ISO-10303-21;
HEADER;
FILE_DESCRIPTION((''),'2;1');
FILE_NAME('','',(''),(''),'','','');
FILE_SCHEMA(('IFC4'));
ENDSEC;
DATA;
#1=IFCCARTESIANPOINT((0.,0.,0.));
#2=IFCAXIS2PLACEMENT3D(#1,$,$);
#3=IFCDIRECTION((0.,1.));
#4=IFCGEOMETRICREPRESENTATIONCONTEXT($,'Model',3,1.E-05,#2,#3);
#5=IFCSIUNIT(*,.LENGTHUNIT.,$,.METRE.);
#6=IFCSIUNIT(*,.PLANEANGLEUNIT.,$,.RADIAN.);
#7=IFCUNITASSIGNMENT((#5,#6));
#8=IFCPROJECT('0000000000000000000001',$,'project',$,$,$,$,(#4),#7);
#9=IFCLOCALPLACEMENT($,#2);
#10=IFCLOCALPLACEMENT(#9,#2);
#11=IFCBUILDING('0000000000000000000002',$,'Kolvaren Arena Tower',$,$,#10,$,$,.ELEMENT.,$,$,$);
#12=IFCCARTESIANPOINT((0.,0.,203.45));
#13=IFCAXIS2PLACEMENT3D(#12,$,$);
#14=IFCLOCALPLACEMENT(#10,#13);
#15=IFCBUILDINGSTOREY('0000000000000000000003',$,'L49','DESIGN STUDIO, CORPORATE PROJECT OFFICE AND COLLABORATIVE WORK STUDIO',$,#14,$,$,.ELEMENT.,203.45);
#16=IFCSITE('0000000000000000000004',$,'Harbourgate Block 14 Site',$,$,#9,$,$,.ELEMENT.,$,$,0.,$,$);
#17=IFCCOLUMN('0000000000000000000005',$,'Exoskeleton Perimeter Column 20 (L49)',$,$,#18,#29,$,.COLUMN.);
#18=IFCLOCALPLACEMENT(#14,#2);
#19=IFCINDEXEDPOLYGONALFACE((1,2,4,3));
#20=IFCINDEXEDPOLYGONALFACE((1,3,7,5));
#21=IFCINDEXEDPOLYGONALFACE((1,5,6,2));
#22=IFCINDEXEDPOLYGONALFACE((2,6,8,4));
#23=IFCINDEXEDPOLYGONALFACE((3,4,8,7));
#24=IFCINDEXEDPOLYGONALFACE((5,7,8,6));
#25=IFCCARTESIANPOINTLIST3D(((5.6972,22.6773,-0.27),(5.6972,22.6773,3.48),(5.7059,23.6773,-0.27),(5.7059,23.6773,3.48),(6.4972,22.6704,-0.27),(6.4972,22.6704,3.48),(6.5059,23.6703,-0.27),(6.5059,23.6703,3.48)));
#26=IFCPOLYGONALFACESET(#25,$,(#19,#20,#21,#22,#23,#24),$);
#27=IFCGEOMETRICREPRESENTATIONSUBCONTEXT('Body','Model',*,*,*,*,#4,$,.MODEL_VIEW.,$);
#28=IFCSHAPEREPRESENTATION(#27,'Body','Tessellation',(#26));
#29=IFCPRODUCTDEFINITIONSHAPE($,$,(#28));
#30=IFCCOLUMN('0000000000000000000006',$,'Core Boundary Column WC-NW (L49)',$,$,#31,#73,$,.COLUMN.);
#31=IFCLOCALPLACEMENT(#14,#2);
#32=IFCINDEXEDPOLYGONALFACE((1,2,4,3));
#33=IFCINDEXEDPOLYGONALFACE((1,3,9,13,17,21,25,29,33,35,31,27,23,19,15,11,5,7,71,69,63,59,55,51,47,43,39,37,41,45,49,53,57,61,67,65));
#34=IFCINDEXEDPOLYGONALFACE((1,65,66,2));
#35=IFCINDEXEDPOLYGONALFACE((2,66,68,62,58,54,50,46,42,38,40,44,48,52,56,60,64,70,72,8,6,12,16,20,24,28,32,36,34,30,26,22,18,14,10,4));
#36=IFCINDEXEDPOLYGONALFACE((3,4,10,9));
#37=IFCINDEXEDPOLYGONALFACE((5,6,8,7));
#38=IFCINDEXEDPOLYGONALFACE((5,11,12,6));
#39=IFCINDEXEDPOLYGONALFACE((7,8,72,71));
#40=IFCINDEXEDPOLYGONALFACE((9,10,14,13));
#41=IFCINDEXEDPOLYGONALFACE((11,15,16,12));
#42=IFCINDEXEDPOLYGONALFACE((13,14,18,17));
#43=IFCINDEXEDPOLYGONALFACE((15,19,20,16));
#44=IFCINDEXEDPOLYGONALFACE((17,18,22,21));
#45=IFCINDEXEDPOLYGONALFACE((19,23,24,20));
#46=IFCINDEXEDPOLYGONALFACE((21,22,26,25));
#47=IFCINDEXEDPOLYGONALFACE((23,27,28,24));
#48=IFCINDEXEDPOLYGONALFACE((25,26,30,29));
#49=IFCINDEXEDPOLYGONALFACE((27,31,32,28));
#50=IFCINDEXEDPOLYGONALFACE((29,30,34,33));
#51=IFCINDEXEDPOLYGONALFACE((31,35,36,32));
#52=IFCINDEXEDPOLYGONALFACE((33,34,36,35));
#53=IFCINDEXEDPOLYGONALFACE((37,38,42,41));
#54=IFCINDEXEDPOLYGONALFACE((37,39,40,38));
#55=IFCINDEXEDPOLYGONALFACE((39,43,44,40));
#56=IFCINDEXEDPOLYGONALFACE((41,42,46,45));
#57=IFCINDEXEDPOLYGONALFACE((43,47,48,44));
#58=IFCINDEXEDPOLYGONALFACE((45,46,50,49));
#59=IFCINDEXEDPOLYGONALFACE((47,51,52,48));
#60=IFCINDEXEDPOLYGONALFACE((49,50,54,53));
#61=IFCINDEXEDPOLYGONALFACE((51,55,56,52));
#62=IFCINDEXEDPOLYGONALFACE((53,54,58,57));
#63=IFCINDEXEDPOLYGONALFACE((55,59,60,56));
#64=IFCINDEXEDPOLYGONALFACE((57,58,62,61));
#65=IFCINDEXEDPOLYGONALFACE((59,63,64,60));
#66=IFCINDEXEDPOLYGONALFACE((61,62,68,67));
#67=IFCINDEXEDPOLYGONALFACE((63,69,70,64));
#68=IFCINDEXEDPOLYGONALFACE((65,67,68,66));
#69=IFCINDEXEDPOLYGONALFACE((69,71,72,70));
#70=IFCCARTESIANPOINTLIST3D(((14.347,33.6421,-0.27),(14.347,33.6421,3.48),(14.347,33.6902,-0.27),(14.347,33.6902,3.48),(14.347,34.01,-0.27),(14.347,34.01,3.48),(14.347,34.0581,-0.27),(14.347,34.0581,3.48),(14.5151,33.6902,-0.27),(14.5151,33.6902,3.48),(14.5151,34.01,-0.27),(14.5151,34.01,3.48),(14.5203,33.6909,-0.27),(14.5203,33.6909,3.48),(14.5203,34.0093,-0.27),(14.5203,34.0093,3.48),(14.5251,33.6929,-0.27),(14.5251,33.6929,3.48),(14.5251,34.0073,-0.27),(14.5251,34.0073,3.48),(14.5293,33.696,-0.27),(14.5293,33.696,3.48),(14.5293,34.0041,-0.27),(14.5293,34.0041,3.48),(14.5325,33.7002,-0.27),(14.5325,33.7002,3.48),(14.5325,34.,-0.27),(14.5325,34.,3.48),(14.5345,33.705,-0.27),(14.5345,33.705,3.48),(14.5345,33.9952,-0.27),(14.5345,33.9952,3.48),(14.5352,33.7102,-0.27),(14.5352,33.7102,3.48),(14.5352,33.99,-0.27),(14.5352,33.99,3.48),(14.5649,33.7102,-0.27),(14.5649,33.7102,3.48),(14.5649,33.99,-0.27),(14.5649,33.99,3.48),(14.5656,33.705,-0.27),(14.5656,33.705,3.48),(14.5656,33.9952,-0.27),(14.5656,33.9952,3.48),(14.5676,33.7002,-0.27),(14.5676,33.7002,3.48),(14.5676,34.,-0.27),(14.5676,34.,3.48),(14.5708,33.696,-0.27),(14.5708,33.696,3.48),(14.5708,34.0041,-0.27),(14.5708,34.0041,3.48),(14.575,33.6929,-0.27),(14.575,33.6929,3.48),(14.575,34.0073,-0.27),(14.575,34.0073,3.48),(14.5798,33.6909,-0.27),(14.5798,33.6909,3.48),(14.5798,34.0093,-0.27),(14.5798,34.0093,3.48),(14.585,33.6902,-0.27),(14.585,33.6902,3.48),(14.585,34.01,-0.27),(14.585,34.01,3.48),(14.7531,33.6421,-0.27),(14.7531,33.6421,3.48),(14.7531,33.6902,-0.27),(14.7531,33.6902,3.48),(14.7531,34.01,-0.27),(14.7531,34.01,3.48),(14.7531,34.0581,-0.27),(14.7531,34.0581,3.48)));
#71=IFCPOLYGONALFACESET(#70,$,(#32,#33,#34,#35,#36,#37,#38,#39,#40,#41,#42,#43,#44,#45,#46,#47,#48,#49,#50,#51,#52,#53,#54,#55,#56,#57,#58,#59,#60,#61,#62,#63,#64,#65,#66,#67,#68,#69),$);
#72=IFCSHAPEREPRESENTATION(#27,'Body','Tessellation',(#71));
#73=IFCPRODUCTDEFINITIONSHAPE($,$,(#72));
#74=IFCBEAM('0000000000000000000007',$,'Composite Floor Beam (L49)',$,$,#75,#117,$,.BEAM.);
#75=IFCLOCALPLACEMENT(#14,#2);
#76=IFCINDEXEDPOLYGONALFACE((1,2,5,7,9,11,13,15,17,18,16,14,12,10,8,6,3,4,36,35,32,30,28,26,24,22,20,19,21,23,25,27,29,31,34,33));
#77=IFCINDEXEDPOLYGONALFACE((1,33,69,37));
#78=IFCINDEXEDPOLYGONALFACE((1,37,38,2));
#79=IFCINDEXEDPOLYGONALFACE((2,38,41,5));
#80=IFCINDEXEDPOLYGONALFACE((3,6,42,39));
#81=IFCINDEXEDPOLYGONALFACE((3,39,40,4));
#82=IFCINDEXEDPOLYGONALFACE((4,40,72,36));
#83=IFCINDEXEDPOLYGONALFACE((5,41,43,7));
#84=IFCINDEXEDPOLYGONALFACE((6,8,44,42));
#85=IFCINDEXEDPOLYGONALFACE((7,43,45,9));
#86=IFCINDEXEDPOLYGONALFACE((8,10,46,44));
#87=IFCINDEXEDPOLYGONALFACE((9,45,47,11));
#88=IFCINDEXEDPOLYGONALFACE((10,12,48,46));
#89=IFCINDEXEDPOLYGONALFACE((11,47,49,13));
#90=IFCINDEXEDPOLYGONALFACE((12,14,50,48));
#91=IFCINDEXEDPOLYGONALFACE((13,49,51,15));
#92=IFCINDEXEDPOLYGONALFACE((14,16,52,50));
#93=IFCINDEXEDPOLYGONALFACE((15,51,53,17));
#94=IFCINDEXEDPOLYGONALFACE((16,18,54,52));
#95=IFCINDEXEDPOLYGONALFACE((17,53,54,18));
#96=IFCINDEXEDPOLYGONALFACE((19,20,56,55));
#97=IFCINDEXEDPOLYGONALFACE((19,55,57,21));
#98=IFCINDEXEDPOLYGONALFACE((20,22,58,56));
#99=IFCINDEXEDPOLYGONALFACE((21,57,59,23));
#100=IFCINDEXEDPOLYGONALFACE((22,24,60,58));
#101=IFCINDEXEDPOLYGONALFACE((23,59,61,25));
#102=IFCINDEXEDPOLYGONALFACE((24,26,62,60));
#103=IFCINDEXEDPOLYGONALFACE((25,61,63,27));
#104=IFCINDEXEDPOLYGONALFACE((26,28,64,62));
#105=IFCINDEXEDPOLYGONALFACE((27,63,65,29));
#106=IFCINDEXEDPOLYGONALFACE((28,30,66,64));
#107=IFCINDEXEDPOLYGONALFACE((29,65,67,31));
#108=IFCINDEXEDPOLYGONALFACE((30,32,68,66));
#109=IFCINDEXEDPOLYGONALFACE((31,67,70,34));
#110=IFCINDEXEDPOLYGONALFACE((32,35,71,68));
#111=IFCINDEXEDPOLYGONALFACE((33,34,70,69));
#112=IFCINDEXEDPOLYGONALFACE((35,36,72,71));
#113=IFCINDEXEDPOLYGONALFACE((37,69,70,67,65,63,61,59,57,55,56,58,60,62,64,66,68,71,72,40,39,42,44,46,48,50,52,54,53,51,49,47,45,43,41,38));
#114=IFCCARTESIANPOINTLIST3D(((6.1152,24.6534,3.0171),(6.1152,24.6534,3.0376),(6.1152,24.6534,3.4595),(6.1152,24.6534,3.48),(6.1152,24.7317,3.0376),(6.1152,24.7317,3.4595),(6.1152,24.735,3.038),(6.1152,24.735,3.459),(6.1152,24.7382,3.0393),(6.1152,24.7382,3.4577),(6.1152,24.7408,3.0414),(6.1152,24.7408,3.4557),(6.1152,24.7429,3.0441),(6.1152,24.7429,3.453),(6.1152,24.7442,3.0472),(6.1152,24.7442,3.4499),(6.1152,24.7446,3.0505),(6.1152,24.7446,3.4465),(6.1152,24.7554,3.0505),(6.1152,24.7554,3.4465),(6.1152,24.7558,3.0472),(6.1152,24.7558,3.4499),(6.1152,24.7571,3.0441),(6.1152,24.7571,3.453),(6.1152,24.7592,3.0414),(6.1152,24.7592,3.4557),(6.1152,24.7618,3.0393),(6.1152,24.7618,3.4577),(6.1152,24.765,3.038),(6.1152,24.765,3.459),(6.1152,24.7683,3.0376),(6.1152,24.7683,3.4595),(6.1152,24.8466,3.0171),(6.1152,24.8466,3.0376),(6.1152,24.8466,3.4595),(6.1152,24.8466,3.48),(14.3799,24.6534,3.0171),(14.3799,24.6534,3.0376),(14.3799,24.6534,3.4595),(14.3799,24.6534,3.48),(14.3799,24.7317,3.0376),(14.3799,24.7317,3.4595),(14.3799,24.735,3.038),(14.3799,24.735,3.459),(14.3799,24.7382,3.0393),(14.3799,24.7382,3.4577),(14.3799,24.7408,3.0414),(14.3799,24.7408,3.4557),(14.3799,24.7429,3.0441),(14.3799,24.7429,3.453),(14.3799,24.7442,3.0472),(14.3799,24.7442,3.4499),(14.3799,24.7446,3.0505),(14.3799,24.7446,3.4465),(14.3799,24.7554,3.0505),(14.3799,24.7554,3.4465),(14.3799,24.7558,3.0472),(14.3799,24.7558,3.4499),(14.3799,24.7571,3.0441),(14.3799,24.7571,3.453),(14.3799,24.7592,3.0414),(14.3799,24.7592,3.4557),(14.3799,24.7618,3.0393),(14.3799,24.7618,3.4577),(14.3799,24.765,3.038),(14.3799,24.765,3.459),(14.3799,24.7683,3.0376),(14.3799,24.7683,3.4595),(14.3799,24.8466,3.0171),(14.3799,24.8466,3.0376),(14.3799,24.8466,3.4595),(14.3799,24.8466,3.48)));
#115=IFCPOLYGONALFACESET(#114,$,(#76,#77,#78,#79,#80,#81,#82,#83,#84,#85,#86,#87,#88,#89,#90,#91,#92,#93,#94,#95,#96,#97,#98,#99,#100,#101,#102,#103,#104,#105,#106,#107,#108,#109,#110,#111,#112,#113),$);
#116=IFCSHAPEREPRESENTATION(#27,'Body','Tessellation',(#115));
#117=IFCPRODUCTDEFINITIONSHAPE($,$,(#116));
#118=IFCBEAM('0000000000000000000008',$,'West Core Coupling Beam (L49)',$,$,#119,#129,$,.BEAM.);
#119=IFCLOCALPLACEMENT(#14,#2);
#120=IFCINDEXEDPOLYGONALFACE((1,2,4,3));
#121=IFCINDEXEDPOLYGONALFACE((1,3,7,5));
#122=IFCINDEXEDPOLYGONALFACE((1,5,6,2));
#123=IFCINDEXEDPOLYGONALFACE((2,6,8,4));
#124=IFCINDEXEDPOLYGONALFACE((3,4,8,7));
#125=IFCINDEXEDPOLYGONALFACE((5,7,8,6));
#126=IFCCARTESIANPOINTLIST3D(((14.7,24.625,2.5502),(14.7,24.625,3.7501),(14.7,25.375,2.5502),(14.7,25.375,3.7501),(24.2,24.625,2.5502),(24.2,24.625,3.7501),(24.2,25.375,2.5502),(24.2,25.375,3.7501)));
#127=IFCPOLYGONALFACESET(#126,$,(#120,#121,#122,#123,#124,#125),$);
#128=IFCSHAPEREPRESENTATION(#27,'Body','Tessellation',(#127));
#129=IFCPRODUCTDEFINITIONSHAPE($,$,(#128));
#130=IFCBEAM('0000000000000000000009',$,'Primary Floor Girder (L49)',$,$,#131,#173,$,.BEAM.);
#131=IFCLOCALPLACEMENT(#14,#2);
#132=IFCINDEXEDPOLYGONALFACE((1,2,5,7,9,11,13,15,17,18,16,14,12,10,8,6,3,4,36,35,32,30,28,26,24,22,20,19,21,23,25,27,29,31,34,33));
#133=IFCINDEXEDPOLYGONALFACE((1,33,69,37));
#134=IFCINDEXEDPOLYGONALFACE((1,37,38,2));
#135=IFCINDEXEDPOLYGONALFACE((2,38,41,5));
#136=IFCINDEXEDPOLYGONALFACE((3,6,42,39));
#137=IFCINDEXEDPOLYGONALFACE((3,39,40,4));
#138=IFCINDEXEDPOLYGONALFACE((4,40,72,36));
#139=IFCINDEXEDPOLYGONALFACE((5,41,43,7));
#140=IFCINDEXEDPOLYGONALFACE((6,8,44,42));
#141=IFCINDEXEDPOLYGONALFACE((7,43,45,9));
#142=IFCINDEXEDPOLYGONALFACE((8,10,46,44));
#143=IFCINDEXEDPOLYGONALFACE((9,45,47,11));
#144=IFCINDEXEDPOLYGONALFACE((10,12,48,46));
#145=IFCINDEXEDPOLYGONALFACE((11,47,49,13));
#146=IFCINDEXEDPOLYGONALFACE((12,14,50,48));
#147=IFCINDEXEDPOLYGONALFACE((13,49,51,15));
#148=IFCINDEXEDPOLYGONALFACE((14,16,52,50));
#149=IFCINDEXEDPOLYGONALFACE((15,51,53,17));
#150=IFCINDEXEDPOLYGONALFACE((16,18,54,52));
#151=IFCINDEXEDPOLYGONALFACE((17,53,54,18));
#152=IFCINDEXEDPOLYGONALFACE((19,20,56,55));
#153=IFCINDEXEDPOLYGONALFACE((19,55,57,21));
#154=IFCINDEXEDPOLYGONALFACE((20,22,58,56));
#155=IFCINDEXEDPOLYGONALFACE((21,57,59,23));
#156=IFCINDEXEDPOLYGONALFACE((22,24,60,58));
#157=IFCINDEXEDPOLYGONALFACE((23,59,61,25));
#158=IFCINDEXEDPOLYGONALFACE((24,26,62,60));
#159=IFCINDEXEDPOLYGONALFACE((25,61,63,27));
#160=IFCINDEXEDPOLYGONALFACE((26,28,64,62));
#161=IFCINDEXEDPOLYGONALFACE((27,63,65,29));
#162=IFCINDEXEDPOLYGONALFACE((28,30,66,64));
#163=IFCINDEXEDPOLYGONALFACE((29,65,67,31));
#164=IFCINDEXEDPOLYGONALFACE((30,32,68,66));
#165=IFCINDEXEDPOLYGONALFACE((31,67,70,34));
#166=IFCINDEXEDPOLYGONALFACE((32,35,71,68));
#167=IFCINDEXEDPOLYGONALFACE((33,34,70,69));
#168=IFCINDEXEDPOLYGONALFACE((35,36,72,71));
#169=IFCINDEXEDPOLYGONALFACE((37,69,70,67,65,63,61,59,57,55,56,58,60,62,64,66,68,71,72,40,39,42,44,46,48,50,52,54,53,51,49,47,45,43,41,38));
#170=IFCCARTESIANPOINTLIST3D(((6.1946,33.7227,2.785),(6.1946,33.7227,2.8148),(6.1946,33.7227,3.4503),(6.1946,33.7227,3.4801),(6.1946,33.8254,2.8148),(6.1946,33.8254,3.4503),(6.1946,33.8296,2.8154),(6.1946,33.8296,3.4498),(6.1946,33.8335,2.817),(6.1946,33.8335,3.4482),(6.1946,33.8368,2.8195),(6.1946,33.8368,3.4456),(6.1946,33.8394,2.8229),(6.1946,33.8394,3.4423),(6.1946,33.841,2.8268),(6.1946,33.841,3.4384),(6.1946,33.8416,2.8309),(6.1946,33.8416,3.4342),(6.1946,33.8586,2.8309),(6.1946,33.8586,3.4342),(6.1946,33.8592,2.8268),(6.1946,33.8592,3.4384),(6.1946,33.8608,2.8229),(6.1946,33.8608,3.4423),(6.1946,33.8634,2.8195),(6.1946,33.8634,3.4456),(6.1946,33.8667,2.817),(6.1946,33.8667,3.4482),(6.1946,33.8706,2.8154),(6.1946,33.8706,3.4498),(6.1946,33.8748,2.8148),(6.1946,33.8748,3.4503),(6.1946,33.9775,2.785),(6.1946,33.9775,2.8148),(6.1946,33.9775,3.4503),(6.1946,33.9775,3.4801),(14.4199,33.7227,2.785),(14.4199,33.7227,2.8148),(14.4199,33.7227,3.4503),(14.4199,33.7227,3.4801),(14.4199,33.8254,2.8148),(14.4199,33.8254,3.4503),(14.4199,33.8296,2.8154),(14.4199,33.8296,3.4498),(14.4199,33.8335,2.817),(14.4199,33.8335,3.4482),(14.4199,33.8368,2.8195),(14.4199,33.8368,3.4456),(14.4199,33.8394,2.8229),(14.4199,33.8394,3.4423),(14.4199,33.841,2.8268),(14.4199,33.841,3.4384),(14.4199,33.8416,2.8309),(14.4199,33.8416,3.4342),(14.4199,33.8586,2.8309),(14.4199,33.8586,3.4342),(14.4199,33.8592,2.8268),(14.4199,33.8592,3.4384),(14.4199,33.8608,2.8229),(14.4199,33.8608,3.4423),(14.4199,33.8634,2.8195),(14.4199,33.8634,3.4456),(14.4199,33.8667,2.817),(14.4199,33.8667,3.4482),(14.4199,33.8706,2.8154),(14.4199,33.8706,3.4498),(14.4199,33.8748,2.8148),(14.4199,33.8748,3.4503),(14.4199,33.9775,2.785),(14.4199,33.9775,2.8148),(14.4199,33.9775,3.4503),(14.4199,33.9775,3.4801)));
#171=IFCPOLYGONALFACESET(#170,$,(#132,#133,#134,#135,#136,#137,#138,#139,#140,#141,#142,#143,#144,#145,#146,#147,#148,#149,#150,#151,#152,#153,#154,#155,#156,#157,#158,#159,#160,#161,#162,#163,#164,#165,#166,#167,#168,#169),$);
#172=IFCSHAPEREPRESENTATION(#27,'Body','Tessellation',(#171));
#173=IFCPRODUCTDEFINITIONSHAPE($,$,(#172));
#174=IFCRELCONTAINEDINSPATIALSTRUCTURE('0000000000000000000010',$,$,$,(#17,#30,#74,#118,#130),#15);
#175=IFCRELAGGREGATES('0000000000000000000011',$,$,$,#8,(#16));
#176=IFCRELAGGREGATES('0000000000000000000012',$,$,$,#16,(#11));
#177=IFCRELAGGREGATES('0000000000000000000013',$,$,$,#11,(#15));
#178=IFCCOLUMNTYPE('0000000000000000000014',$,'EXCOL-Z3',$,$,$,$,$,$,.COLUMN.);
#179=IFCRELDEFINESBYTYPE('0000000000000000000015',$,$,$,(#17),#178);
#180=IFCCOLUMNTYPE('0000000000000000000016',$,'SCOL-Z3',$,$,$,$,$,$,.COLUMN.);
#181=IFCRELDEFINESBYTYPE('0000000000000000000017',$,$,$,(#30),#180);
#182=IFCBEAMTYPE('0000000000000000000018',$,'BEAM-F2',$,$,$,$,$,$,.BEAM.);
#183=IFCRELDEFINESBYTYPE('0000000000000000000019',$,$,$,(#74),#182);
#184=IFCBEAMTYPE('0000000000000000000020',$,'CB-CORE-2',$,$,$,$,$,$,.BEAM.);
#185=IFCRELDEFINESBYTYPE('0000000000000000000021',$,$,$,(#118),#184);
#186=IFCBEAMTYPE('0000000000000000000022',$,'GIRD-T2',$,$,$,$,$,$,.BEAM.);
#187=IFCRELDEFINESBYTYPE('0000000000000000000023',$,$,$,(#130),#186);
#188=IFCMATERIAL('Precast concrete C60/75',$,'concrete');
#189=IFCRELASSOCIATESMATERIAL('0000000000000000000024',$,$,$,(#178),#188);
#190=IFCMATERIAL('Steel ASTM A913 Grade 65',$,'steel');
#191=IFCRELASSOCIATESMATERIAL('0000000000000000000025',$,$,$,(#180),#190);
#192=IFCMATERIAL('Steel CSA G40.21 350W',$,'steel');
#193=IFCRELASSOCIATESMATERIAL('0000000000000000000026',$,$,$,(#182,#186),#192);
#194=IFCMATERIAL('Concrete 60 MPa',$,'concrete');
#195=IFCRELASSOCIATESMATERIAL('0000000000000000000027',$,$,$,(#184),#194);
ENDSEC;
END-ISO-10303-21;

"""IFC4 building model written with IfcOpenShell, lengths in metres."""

from ifc_helpers import new_model, si_unit, direction, frame, origin, origin_2d, place, context, subcontext, project, spatial, rectangle, i_section, extrude, material, material_profile, profile_set, type_object, element, save


model = new_model("IFC4")

# Units and contexts
model_context = context("Model", 3, precision=1e-05, world=origin(), true_north=direction((0.0, 1.0)))
body_context = subcontext(model_context, "Body", "Model", "MODEL_VIEW")
ifc_project = project(units=[si_unit("LENGTHUNIT", "METRE"), si_unit("PLANEANGLEUNIT", "RADIAN")], contexts=[model_context])

# Site, building, storey
site_placement = place(None, origin())
site = spatial("IfcSite", under=ifc_project, at=site_placement, Name="Harbourgate Block 14 Site", CompositionType="ELEMENT", RefElevation=0.0)
building_placement = place(site_placement, origin())
building = spatial("IfcBuilding", under=site, at=building_placement, Name="Kolvaren Arena Tower", CompositionType="ELEMENT")
storey_placement = place(building_placement, frame((0.0, 0.0, 203.45)))
storey = spatial("IfcBuildingStorey", under=building, at=storey_placement, Name="L49", Description="DESIGN STUDIO, CORPORATE PROJECT OFFICE AND COLLABORATIVE WORK STUDIO", CompositionType="ELEMENT", Elevation=203.45)

# Columns
ifc_material_1 = material(Name="Precast concrete C60/75", Category="concrete")
ifc_material_profile_1 = material_profile(ifc_material_1, rectangle(XDim=1.0, YDim=0.8, at=origin_2d()), Name="RC-1000x800")
ifc_profile_set_1 = profile_set([ifc_material_profile_1], Name="Precast concrete C60/75")
column_type_1 = type_object("IfcColumnType", Name="EXCOL-Z3", PredefinedType="COLUMN", material=ifc_profile_set_1)
column_1_placement = place(storey_placement, frame((6.1016, 23.1738, -0.27), z_axis=(0.0, 0.0, 1.0), x_axis=(0.008727, 0.999962, 0.0)))
element("IfcColumn", 1, at=column_1_placement, inside=storey, type_object=column_type_1, Name="Exoskeleton Perimeter Column 20 (L49)", PredefinedType="COLUMN", context=body_context, shape_type="SweptSolid", body=[
    extrude(rectangle(XDim=1.0, YDim=0.8, at=origin_2d()), origin(), (0.0, 0.0, 1.0), 3.75),
])
ifc_material_2 = material(Name="Steel ASTM A913 Grade 65", Category="steel")
ifc_material_profile_2 = material_profile(ifc_material_2, i_section(OverallWidth=0.406, OverallDepth=0.416, WebThickness=0.0298, FlangeThickness=0.0481, FilletRadius=0.02, at=origin_2d()), Name="W360x382")
ifc_profile_set_2 = profile_set([ifc_material_profile_2], Name="Steel ASTM A913 Grade 65")
column_type_2 = type_object("IfcColumnType", Name="SCOL-Z3", PredefinedType="COLUMN", material=ifc_profile_set_2)
column_2_placement = place(storey_placement, frame((14.55, 33.8501, -0.27), z_axis=(0.0, 0.0, 1.0), x_axis=(1.0, 0.0, 0.0)))
element("IfcColumn", 2, at=column_2_placement, inside=storey, type_object=column_type_2, Name="Core Boundary Column WC-NW (L49)", PredefinedType="COLUMN", context=body_context, shape_type="SweptSolid", body=[
    extrude(i_section(OverallWidth=0.406, OverallDepth=0.416, WebThickness=0.0298, FlangeThickness=0.0481, FilletRadius=0.02, at=origin_2d()), origin(), (0.0, 0.0, 1.0), 3.75),
])

# Beams
ifc_material_3 = material(Name="Steel CSA G40.21 350W", Category="steel")
ifc_material_profile_3 = material_profile(ifc_material_3, i_section(OverallWidth=0.1931, OverallDepth=0.4629, WebThickness=0.0107, FlangeThickness=0.0205, FilletRadius=0.0129, at=origin_2d()), Name="W460x113")
ifc_profile_set_3 = profile_set([ifc_material_profile_3], Name="Steel CSA G40.21 350W")
beam_type_1 = type_object("IfcBeamType", Name="BEAM-F2", PredefinedType="BEAM", material=ifc_profile_set_3)
beam_1_placement = place(storey_placement, frame((6.1152, 24.75, 3.2485), z_axis=(1.0, 0.0, 0.0), x_axis=(0.0, 1.0, 0.0)))
element("IfcBeam", 3, at=beam_1_placement, inside=storey, type_object=beam_type_1, Name="Composite Floor Beam (L49)", PredefinedType="BEAM", context=body_context, shape_type="SweptSolid", body=[
    extrude(i_section(OverallWidth=0.1931, OverallDepth=0.4629, WebThickness=0.0107, FlangeThickness=0.0205, FilletRadius=0.0129, at=origin_2d()), origin(), (0.0, 0.0, 1.0), 8.2646),
])
ifc_material_4 = material(Name="Concrete 60 MPa", Category="concrete")
ifc_material_profile_4 = material_profile(ifc_material_4, rectangle(XDim=0.75, YDim=1.2, at=origin_2d()), Name="RC-750x1200")
ifc_profile_set_4 = profile_set([ifc_material_profile_4], Name="Concrete 60 MPa")
beam_type_2 = type_object("IfcBeamType", Name="CB-CORE-2", PredefinedType="BEAM", material=ifc_profile_set_4)
beam_2_placement = place(storey_placement, frame((14.7, 25.0, 3.1501), z_axis=(1.0, 0.0, 0.0), x_axis=(0.0, 1.0, 0.0)))
element("IfcBeam", 4, at=beam_2_placement, inside=storey, type_object=beam_type_2, Name="West Core Coupling Beam (L49)", PredefinedType="BEAM", context=body_context, shape_type="SweptSolid", body=[
    extrude(rectangle(XDim=0.75, YDim=1.2, at=origin_2d()), origin(), (0.0, 0.0, 1.0), 9.5),
])
ifc_material_profile_5 = material_profile(ifc_material_3, i_section(OverallWidth=0.2549, OverallDepth=0.6951, WebThickness=0.0171, FlangeThickness=0.0298, FilletRadius=0.0161, at=origin_2d()), Name="W690x217")
ifc_profile_set_5 = profile_set([ifc_material_profile_5], Name="Steel CSA G40.21 350W")
beam_type_3 = type_object("IfcBeamType", Name="GIRD-T2", PredefinedType="BEAM", material=ifc_profile_set_5)
beam_3_placement = place(storey_placement, frame((6.1946, 33.8501, 3.1326), z_axis=(1.0, 0.0, 0.0), x_axis=(0.0, 1.0, 0.0)))
element("IfcBeam", 5, at=beam_3_placement, inside=storey, type_object=beam_type_3, Name="Primary Floor Girder (L49)", PredefinedType="BEAM", context=body_context, shape_type="SweptSolid", body=[
    extrude(i_section(OverallWidth=0.2549, OverallDepth=0.6951, WebThickness=0.0171, FlangeThickness=0.0298, FilletRadius=0.0161, at=origin_2d()), origin(), (0.0, 0.0, 1.0), 8.2253),
])

save(model, "model.ifc")
